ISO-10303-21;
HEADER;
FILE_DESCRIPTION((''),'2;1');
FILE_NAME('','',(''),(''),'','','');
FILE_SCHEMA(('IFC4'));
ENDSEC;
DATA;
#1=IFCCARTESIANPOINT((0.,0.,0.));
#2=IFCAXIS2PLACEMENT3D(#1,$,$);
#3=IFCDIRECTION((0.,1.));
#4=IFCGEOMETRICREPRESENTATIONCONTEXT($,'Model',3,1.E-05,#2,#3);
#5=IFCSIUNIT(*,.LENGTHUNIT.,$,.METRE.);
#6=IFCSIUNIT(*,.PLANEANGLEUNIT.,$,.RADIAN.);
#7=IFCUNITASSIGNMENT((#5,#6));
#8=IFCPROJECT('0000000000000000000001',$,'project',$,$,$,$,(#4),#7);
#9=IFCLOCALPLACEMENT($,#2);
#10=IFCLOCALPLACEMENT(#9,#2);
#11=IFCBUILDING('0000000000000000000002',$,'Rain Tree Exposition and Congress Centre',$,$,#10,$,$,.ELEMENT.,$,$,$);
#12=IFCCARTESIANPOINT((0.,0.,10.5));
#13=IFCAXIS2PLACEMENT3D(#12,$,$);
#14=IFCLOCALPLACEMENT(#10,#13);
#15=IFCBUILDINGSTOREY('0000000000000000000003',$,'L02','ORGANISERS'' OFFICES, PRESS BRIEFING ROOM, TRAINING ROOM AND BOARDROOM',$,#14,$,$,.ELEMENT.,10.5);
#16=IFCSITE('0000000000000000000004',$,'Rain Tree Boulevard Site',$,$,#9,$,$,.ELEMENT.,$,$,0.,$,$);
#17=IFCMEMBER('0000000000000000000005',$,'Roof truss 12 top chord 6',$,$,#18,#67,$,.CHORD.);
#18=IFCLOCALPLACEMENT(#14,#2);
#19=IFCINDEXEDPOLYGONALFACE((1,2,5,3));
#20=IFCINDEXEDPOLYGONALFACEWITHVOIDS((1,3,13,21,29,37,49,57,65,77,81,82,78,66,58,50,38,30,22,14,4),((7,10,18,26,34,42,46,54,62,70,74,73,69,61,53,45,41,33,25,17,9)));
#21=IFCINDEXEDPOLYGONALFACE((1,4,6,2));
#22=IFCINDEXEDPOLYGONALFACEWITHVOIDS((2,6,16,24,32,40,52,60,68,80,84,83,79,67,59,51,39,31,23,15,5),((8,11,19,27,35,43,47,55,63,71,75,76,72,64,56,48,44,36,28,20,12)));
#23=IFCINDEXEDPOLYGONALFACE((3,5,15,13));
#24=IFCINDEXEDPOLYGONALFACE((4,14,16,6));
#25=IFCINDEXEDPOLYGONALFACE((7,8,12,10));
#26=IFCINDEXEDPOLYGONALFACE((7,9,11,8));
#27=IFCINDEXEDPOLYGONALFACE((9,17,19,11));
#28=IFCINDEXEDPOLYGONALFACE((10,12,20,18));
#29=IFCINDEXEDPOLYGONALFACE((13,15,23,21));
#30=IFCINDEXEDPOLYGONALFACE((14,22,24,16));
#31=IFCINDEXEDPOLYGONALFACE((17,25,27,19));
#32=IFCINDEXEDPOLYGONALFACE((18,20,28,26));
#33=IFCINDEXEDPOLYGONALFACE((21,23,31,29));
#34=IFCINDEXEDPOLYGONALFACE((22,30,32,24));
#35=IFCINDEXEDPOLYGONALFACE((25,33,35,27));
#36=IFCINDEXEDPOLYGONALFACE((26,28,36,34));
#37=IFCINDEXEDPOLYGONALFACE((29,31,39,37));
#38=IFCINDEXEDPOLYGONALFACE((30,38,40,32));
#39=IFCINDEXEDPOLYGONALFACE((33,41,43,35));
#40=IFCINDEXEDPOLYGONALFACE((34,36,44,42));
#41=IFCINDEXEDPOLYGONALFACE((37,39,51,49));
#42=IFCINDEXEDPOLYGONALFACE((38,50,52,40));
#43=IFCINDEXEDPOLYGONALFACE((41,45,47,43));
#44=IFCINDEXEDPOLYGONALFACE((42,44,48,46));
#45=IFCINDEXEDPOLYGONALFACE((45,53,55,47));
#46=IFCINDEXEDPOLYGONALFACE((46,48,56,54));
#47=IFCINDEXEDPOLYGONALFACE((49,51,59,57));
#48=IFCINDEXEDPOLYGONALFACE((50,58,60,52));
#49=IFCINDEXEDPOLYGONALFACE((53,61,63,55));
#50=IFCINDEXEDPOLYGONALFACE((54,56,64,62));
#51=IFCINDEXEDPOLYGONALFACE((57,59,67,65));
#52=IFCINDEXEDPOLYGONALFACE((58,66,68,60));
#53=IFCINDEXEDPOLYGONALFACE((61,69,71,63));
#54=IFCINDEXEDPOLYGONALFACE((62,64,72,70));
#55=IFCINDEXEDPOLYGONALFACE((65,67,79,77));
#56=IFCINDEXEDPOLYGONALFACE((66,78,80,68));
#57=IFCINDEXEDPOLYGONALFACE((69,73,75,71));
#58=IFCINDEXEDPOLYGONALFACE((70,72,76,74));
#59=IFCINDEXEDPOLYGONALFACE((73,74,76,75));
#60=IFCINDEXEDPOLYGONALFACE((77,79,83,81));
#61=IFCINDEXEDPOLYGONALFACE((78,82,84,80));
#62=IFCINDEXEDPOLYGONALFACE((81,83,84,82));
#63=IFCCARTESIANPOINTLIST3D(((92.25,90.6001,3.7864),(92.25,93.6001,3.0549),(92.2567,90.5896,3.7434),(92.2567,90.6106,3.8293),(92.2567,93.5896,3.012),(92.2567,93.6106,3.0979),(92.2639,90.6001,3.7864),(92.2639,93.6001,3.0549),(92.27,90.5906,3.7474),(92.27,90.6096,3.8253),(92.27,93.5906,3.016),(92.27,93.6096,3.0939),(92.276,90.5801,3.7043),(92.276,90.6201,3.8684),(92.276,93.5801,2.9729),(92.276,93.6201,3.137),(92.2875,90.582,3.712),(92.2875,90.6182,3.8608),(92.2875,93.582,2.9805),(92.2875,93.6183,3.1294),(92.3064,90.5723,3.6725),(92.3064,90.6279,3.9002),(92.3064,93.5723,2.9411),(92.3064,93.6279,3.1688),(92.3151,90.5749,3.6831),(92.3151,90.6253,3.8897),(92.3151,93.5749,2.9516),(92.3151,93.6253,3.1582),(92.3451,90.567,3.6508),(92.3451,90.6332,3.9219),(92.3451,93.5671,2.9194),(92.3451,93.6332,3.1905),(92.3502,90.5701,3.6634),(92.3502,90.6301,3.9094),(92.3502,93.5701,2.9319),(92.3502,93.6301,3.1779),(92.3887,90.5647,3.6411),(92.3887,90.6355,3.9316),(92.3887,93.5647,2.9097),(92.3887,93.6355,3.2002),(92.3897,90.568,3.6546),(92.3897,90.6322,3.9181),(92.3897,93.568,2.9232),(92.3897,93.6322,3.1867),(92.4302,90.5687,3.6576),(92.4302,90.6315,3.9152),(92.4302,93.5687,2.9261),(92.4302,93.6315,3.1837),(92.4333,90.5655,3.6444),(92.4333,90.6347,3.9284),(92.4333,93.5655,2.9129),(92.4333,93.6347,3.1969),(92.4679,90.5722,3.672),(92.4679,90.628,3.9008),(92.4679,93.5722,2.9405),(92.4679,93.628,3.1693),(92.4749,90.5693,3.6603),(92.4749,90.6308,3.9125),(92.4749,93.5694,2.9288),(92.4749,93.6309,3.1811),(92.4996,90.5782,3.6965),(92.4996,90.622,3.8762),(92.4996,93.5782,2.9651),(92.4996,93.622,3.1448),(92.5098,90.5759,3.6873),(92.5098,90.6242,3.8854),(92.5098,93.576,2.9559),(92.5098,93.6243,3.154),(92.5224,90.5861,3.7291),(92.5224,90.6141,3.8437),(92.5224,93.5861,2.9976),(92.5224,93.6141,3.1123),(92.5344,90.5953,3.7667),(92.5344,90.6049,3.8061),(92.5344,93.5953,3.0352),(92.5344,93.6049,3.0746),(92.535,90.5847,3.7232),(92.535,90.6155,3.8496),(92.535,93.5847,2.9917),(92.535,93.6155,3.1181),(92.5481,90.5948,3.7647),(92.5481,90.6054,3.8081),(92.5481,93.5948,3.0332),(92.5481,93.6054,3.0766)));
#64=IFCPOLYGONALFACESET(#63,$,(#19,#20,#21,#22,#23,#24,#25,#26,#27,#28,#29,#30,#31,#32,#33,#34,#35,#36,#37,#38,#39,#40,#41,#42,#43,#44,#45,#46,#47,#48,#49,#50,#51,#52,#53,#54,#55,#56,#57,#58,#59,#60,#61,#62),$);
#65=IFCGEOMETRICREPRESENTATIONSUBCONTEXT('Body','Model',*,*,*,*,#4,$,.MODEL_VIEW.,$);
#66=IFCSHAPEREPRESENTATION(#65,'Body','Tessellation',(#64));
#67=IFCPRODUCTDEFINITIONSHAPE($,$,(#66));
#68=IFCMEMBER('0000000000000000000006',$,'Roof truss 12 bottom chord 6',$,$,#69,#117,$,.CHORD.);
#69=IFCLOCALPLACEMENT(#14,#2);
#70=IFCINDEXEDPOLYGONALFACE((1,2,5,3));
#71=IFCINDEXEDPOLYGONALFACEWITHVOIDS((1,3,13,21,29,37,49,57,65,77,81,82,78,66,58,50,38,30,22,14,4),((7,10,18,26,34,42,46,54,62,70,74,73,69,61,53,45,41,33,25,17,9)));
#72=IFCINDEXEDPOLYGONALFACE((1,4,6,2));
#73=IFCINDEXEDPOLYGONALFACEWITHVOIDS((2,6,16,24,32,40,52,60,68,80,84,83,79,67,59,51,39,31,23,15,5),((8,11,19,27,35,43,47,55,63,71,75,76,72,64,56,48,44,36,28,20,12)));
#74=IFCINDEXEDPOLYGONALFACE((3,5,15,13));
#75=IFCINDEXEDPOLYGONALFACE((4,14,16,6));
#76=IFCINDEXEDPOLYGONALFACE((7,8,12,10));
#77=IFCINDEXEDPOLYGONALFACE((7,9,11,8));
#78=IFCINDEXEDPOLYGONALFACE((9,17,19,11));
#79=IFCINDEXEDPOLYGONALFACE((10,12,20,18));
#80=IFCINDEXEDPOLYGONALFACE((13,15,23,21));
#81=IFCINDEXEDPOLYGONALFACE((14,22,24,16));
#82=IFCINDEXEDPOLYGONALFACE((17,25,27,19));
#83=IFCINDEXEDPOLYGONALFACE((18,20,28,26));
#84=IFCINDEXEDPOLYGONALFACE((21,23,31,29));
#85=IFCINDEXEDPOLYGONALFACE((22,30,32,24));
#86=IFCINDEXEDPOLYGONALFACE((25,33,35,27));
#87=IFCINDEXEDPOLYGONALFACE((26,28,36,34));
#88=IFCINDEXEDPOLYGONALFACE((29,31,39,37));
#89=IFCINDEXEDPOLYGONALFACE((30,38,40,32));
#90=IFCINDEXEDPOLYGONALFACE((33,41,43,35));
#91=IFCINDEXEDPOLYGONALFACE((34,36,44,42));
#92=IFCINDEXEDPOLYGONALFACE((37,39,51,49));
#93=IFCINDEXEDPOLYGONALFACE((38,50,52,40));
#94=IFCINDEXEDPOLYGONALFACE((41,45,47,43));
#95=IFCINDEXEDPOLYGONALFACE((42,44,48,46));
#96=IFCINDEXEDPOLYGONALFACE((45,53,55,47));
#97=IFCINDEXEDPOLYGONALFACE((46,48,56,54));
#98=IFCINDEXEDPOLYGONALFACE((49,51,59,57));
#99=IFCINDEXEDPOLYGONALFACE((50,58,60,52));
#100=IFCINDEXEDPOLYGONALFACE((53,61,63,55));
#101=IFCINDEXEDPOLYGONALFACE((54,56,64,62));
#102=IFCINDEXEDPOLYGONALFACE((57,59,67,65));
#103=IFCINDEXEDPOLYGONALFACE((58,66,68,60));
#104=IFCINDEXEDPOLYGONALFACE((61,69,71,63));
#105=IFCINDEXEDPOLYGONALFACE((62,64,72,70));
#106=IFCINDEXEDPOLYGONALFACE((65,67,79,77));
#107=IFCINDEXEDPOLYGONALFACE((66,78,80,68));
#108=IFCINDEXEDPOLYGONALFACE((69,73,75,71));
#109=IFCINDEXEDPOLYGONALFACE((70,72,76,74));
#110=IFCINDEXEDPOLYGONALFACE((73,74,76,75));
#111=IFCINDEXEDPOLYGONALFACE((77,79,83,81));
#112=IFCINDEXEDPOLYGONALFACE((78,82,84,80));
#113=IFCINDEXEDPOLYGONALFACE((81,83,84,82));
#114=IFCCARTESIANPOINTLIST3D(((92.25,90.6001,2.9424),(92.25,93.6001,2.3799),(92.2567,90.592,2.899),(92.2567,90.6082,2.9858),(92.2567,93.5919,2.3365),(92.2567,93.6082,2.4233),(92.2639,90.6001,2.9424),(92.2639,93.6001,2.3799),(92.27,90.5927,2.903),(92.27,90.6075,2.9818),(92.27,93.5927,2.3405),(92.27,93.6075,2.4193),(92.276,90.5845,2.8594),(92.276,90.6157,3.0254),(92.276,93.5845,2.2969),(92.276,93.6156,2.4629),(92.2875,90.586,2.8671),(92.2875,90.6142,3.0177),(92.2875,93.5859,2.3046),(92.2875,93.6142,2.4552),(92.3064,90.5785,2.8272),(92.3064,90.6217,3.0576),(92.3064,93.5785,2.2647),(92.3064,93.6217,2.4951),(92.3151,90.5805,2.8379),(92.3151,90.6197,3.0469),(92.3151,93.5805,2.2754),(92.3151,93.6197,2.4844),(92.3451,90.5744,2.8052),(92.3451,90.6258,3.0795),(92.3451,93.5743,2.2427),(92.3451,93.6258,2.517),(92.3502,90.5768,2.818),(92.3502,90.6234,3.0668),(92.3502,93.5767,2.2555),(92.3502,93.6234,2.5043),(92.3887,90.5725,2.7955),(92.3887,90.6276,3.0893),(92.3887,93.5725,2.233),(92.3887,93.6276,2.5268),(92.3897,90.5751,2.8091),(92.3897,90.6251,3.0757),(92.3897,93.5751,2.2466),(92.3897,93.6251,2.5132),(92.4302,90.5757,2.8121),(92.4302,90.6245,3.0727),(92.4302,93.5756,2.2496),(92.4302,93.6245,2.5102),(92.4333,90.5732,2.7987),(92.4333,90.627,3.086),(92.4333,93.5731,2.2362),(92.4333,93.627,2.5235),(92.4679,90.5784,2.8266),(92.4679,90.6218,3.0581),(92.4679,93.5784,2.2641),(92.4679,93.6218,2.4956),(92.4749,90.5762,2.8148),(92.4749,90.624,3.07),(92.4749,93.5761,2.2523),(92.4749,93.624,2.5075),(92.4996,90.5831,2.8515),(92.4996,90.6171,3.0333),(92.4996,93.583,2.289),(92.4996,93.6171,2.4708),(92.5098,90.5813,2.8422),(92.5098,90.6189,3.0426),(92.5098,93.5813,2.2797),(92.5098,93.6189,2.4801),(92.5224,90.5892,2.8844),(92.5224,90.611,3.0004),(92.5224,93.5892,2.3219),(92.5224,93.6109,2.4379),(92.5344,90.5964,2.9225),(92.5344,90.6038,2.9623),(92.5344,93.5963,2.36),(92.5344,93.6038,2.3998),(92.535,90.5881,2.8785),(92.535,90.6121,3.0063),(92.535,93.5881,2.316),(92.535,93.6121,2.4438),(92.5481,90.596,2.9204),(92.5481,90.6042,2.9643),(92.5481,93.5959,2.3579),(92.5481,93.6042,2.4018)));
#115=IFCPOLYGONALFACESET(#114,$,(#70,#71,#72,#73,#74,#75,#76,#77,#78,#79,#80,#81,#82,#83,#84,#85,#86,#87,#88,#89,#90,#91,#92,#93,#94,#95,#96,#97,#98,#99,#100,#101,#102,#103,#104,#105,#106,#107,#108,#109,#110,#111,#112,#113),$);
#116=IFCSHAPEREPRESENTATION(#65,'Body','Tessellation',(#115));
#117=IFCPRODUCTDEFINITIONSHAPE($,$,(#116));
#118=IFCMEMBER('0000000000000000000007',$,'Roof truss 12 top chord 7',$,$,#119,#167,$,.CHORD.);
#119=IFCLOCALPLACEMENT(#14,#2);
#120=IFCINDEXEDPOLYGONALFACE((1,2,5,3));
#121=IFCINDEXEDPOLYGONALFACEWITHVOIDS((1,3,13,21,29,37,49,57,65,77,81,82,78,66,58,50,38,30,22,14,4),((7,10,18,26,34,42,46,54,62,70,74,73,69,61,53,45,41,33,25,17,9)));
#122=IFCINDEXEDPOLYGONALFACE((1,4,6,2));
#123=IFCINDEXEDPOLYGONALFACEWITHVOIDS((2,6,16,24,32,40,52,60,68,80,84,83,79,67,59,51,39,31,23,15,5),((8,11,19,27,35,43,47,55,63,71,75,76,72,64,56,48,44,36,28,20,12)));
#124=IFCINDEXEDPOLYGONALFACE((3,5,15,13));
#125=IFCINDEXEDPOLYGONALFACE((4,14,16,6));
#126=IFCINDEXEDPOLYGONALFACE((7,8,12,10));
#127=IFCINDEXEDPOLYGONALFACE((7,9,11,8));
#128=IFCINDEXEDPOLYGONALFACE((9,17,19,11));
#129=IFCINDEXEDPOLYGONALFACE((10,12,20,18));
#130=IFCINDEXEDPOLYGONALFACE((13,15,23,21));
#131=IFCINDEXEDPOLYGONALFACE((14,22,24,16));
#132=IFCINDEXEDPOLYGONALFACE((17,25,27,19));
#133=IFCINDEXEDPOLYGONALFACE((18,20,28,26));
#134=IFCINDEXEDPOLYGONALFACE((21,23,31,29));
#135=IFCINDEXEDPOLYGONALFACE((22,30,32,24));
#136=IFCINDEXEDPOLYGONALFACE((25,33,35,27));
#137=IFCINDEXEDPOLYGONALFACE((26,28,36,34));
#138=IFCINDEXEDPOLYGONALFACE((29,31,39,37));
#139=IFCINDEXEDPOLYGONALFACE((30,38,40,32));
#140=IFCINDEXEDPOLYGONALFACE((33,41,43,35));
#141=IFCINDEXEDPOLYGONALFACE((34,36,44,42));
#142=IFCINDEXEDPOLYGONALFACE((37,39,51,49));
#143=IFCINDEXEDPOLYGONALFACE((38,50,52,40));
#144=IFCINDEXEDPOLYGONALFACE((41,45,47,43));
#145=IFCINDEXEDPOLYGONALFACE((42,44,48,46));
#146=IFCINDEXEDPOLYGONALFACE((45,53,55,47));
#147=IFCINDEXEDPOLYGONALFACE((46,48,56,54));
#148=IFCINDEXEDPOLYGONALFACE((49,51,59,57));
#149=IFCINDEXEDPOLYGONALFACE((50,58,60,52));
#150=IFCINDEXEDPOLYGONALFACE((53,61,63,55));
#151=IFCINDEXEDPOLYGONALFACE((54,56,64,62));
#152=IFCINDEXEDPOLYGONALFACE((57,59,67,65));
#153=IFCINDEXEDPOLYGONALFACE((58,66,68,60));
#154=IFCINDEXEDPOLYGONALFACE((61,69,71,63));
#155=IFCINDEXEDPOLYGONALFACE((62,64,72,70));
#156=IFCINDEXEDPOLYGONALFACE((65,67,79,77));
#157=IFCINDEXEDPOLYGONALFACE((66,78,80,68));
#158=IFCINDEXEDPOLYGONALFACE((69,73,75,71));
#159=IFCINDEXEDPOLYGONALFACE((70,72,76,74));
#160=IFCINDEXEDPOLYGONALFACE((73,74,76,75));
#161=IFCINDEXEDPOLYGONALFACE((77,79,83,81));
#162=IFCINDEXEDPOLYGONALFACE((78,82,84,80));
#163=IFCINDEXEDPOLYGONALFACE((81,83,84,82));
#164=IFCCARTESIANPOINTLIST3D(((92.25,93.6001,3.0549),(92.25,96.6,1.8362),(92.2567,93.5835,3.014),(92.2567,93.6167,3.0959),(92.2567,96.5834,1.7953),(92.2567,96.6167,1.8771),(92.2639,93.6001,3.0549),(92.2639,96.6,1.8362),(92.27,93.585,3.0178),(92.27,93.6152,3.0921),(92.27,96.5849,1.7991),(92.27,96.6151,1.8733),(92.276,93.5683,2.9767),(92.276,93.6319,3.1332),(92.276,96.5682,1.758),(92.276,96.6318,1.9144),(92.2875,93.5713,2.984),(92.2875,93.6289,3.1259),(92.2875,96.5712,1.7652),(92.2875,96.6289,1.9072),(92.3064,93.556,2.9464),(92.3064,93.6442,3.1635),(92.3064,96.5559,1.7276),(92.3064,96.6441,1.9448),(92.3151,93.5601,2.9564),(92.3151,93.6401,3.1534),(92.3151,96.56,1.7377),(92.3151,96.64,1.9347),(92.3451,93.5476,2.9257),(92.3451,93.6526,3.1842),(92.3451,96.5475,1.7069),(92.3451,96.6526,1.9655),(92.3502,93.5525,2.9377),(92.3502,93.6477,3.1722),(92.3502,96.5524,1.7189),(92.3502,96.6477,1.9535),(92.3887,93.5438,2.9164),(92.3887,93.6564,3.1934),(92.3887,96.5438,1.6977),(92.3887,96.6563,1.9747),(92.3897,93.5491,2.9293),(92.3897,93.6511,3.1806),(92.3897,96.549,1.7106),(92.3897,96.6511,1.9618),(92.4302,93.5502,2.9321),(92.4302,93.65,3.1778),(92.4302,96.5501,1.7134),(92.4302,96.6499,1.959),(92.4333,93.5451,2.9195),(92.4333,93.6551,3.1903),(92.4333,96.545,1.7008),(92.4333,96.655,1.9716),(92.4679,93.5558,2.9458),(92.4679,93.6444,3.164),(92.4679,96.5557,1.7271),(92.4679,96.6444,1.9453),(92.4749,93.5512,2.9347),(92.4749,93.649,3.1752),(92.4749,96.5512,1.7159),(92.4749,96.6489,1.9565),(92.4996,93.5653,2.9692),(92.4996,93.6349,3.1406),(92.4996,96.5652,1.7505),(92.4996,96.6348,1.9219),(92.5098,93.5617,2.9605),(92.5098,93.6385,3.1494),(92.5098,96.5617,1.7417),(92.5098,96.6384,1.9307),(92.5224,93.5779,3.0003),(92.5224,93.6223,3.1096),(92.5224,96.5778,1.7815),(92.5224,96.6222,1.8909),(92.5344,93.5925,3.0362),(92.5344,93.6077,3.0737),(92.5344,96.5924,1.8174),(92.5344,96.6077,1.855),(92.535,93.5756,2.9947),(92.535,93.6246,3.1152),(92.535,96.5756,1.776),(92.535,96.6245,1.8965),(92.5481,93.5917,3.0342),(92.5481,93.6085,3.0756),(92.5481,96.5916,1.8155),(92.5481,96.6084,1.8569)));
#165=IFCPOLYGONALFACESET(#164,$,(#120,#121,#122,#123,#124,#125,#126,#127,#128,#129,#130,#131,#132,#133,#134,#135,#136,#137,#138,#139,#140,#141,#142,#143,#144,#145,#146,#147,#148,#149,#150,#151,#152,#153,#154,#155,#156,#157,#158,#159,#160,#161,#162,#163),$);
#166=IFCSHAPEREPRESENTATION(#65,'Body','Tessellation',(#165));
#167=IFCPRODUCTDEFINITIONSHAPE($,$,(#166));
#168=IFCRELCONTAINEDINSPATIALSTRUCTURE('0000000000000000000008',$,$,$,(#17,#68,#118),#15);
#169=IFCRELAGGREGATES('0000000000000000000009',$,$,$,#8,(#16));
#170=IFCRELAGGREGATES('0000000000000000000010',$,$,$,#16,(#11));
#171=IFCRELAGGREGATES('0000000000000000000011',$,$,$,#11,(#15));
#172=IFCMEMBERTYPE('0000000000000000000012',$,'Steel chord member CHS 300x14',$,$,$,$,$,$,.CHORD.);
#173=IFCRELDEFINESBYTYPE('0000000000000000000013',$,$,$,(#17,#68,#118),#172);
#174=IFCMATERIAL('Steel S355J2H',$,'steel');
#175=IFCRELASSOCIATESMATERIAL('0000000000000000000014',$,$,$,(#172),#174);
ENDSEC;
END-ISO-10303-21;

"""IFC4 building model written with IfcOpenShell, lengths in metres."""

from ifc_helpers import new_model, si_unit, direction, frame, origin, origin_2d, place, context, subcontext, project, spatial, hollow_circle, extrude, material, material_profile, profile_set, type_object, element, save


model = new_model("IFC4")

# Units and contexts
model_context = context("Model", 3, precision=1e-05, world=origin(), true_north=direction((0.0, 1.0)))
body_context = subcontext(model_context, "Body", "Model", "MODEL_VIEW")
ifc_project = project(units=[si_unit("LENGTHUNIT", "METRE"), si_unit("PLANEANGLEUNIT", "RADIAN")], contexts=[model_context])

# Site, building, storey
site_placement = place(None, origin())
site = spatial("IfcSite", under=ifc_project, at=site_placement, Name="Rain Tree Boulevard Site", CompositionType="ELEMENT", RefElevation=0.0)
building_placement = place(site_placement, origin())
building = spatial("IfcBuilding", under=site, at=building_placement, Name="Rain Tree Exposition and Congress Centre", CompositionType="ELEMENT")
storey_placement = place(building_placement, frame((0.0, 0.0, 10.5)))
storey = spatial("IfcBuildingStorey", under=building, at=storey_placement, Name="L02", Description="ORGANISERS' OFFICES, PRESS BRIEFING ROOM, TRAINING ROOM AND BOARDROOM", CompositionType="ELEMENT", Elevation=10.5)

# Members
ifc_material_1 = material(Name="Steel S355J2H", Category="steel")
ifc_material_profile_1 = material_profile(ifc_material_1, hollow_circle(Radius=0.1499, WallThickness=0.0139, at=origin_2d()), Name="CHS 300x14")
ifc_profile_set_1 = profile_set([ifc_material_profile_1], Name="Steel S355J2H")
member_type_1 = type_object("IfcMemberType", Name="Steel chord member CHS 300x14", PredefinedType="CHORD", material=ifc_profile_set_1)
member_1_placement = place(storey_placement, frame((92.3999, 90.6001, 3.7864), z_axis=(0.0, 0.97154, -0.236876), x_axis=(-1.0, 0.0, 0.0)))
element("IfcMember", 1, at=member_1_placement, inside=storey, type_object=member_type_1, Name="Roof truss 12 top chord 6", PredefinedType="CHORD", context=body_context, shape_type="SweptSolid", body=[
    extrude(hollow_circle(Radius=0.1499, WallThickness=0.0139, at=origin_2d()), origin(), (0.0, 0.0, 1.0), 3.0879),
])
member_2_placement = place(storey_placement, frame((92.3999, 90.6001, 2.9424), z_axis=(0.0, 0.982872, -0.184289), x_axis=(-1.0, 0.0, 0.0)))
element("IfcMember", 2, at=member_2_placement, inside=storey, type_object=member_type_1, Name="Roof truss 12 bottom chord 6", PredefinedType="CHORD", context=body_context, shape_type="SweptSolid", body=[
    extrude(hollow_circle(Radius=0.1499, WallThickness=0.0139, at=origin_2d()), origin(), (0.0, 0.0, 1.0), 3.0522),
])
member_3_placement = place(storey_placement, frame((92.3999, 93.6001, 3.0549), z_axis=(0.0, 0.926467, -0.376377), x_axis=(-1.0, 0.0, 0.0)))
element("IfcMember", 3, at=member_3_placement, inside=storey, type_object=member_type_1, Name="Roof truss 12 top chord 7", PredefinedType="CHORD", context=body_context, shape_type="SweptSolid", body=[
    extrude(hollow_circle(Radius=0.1499, WallThickness=0.0139, at=origin_2d()), origin(), (0.0, 0.0, 1.0), 3.238),
])

save(model, "model.ifc")
